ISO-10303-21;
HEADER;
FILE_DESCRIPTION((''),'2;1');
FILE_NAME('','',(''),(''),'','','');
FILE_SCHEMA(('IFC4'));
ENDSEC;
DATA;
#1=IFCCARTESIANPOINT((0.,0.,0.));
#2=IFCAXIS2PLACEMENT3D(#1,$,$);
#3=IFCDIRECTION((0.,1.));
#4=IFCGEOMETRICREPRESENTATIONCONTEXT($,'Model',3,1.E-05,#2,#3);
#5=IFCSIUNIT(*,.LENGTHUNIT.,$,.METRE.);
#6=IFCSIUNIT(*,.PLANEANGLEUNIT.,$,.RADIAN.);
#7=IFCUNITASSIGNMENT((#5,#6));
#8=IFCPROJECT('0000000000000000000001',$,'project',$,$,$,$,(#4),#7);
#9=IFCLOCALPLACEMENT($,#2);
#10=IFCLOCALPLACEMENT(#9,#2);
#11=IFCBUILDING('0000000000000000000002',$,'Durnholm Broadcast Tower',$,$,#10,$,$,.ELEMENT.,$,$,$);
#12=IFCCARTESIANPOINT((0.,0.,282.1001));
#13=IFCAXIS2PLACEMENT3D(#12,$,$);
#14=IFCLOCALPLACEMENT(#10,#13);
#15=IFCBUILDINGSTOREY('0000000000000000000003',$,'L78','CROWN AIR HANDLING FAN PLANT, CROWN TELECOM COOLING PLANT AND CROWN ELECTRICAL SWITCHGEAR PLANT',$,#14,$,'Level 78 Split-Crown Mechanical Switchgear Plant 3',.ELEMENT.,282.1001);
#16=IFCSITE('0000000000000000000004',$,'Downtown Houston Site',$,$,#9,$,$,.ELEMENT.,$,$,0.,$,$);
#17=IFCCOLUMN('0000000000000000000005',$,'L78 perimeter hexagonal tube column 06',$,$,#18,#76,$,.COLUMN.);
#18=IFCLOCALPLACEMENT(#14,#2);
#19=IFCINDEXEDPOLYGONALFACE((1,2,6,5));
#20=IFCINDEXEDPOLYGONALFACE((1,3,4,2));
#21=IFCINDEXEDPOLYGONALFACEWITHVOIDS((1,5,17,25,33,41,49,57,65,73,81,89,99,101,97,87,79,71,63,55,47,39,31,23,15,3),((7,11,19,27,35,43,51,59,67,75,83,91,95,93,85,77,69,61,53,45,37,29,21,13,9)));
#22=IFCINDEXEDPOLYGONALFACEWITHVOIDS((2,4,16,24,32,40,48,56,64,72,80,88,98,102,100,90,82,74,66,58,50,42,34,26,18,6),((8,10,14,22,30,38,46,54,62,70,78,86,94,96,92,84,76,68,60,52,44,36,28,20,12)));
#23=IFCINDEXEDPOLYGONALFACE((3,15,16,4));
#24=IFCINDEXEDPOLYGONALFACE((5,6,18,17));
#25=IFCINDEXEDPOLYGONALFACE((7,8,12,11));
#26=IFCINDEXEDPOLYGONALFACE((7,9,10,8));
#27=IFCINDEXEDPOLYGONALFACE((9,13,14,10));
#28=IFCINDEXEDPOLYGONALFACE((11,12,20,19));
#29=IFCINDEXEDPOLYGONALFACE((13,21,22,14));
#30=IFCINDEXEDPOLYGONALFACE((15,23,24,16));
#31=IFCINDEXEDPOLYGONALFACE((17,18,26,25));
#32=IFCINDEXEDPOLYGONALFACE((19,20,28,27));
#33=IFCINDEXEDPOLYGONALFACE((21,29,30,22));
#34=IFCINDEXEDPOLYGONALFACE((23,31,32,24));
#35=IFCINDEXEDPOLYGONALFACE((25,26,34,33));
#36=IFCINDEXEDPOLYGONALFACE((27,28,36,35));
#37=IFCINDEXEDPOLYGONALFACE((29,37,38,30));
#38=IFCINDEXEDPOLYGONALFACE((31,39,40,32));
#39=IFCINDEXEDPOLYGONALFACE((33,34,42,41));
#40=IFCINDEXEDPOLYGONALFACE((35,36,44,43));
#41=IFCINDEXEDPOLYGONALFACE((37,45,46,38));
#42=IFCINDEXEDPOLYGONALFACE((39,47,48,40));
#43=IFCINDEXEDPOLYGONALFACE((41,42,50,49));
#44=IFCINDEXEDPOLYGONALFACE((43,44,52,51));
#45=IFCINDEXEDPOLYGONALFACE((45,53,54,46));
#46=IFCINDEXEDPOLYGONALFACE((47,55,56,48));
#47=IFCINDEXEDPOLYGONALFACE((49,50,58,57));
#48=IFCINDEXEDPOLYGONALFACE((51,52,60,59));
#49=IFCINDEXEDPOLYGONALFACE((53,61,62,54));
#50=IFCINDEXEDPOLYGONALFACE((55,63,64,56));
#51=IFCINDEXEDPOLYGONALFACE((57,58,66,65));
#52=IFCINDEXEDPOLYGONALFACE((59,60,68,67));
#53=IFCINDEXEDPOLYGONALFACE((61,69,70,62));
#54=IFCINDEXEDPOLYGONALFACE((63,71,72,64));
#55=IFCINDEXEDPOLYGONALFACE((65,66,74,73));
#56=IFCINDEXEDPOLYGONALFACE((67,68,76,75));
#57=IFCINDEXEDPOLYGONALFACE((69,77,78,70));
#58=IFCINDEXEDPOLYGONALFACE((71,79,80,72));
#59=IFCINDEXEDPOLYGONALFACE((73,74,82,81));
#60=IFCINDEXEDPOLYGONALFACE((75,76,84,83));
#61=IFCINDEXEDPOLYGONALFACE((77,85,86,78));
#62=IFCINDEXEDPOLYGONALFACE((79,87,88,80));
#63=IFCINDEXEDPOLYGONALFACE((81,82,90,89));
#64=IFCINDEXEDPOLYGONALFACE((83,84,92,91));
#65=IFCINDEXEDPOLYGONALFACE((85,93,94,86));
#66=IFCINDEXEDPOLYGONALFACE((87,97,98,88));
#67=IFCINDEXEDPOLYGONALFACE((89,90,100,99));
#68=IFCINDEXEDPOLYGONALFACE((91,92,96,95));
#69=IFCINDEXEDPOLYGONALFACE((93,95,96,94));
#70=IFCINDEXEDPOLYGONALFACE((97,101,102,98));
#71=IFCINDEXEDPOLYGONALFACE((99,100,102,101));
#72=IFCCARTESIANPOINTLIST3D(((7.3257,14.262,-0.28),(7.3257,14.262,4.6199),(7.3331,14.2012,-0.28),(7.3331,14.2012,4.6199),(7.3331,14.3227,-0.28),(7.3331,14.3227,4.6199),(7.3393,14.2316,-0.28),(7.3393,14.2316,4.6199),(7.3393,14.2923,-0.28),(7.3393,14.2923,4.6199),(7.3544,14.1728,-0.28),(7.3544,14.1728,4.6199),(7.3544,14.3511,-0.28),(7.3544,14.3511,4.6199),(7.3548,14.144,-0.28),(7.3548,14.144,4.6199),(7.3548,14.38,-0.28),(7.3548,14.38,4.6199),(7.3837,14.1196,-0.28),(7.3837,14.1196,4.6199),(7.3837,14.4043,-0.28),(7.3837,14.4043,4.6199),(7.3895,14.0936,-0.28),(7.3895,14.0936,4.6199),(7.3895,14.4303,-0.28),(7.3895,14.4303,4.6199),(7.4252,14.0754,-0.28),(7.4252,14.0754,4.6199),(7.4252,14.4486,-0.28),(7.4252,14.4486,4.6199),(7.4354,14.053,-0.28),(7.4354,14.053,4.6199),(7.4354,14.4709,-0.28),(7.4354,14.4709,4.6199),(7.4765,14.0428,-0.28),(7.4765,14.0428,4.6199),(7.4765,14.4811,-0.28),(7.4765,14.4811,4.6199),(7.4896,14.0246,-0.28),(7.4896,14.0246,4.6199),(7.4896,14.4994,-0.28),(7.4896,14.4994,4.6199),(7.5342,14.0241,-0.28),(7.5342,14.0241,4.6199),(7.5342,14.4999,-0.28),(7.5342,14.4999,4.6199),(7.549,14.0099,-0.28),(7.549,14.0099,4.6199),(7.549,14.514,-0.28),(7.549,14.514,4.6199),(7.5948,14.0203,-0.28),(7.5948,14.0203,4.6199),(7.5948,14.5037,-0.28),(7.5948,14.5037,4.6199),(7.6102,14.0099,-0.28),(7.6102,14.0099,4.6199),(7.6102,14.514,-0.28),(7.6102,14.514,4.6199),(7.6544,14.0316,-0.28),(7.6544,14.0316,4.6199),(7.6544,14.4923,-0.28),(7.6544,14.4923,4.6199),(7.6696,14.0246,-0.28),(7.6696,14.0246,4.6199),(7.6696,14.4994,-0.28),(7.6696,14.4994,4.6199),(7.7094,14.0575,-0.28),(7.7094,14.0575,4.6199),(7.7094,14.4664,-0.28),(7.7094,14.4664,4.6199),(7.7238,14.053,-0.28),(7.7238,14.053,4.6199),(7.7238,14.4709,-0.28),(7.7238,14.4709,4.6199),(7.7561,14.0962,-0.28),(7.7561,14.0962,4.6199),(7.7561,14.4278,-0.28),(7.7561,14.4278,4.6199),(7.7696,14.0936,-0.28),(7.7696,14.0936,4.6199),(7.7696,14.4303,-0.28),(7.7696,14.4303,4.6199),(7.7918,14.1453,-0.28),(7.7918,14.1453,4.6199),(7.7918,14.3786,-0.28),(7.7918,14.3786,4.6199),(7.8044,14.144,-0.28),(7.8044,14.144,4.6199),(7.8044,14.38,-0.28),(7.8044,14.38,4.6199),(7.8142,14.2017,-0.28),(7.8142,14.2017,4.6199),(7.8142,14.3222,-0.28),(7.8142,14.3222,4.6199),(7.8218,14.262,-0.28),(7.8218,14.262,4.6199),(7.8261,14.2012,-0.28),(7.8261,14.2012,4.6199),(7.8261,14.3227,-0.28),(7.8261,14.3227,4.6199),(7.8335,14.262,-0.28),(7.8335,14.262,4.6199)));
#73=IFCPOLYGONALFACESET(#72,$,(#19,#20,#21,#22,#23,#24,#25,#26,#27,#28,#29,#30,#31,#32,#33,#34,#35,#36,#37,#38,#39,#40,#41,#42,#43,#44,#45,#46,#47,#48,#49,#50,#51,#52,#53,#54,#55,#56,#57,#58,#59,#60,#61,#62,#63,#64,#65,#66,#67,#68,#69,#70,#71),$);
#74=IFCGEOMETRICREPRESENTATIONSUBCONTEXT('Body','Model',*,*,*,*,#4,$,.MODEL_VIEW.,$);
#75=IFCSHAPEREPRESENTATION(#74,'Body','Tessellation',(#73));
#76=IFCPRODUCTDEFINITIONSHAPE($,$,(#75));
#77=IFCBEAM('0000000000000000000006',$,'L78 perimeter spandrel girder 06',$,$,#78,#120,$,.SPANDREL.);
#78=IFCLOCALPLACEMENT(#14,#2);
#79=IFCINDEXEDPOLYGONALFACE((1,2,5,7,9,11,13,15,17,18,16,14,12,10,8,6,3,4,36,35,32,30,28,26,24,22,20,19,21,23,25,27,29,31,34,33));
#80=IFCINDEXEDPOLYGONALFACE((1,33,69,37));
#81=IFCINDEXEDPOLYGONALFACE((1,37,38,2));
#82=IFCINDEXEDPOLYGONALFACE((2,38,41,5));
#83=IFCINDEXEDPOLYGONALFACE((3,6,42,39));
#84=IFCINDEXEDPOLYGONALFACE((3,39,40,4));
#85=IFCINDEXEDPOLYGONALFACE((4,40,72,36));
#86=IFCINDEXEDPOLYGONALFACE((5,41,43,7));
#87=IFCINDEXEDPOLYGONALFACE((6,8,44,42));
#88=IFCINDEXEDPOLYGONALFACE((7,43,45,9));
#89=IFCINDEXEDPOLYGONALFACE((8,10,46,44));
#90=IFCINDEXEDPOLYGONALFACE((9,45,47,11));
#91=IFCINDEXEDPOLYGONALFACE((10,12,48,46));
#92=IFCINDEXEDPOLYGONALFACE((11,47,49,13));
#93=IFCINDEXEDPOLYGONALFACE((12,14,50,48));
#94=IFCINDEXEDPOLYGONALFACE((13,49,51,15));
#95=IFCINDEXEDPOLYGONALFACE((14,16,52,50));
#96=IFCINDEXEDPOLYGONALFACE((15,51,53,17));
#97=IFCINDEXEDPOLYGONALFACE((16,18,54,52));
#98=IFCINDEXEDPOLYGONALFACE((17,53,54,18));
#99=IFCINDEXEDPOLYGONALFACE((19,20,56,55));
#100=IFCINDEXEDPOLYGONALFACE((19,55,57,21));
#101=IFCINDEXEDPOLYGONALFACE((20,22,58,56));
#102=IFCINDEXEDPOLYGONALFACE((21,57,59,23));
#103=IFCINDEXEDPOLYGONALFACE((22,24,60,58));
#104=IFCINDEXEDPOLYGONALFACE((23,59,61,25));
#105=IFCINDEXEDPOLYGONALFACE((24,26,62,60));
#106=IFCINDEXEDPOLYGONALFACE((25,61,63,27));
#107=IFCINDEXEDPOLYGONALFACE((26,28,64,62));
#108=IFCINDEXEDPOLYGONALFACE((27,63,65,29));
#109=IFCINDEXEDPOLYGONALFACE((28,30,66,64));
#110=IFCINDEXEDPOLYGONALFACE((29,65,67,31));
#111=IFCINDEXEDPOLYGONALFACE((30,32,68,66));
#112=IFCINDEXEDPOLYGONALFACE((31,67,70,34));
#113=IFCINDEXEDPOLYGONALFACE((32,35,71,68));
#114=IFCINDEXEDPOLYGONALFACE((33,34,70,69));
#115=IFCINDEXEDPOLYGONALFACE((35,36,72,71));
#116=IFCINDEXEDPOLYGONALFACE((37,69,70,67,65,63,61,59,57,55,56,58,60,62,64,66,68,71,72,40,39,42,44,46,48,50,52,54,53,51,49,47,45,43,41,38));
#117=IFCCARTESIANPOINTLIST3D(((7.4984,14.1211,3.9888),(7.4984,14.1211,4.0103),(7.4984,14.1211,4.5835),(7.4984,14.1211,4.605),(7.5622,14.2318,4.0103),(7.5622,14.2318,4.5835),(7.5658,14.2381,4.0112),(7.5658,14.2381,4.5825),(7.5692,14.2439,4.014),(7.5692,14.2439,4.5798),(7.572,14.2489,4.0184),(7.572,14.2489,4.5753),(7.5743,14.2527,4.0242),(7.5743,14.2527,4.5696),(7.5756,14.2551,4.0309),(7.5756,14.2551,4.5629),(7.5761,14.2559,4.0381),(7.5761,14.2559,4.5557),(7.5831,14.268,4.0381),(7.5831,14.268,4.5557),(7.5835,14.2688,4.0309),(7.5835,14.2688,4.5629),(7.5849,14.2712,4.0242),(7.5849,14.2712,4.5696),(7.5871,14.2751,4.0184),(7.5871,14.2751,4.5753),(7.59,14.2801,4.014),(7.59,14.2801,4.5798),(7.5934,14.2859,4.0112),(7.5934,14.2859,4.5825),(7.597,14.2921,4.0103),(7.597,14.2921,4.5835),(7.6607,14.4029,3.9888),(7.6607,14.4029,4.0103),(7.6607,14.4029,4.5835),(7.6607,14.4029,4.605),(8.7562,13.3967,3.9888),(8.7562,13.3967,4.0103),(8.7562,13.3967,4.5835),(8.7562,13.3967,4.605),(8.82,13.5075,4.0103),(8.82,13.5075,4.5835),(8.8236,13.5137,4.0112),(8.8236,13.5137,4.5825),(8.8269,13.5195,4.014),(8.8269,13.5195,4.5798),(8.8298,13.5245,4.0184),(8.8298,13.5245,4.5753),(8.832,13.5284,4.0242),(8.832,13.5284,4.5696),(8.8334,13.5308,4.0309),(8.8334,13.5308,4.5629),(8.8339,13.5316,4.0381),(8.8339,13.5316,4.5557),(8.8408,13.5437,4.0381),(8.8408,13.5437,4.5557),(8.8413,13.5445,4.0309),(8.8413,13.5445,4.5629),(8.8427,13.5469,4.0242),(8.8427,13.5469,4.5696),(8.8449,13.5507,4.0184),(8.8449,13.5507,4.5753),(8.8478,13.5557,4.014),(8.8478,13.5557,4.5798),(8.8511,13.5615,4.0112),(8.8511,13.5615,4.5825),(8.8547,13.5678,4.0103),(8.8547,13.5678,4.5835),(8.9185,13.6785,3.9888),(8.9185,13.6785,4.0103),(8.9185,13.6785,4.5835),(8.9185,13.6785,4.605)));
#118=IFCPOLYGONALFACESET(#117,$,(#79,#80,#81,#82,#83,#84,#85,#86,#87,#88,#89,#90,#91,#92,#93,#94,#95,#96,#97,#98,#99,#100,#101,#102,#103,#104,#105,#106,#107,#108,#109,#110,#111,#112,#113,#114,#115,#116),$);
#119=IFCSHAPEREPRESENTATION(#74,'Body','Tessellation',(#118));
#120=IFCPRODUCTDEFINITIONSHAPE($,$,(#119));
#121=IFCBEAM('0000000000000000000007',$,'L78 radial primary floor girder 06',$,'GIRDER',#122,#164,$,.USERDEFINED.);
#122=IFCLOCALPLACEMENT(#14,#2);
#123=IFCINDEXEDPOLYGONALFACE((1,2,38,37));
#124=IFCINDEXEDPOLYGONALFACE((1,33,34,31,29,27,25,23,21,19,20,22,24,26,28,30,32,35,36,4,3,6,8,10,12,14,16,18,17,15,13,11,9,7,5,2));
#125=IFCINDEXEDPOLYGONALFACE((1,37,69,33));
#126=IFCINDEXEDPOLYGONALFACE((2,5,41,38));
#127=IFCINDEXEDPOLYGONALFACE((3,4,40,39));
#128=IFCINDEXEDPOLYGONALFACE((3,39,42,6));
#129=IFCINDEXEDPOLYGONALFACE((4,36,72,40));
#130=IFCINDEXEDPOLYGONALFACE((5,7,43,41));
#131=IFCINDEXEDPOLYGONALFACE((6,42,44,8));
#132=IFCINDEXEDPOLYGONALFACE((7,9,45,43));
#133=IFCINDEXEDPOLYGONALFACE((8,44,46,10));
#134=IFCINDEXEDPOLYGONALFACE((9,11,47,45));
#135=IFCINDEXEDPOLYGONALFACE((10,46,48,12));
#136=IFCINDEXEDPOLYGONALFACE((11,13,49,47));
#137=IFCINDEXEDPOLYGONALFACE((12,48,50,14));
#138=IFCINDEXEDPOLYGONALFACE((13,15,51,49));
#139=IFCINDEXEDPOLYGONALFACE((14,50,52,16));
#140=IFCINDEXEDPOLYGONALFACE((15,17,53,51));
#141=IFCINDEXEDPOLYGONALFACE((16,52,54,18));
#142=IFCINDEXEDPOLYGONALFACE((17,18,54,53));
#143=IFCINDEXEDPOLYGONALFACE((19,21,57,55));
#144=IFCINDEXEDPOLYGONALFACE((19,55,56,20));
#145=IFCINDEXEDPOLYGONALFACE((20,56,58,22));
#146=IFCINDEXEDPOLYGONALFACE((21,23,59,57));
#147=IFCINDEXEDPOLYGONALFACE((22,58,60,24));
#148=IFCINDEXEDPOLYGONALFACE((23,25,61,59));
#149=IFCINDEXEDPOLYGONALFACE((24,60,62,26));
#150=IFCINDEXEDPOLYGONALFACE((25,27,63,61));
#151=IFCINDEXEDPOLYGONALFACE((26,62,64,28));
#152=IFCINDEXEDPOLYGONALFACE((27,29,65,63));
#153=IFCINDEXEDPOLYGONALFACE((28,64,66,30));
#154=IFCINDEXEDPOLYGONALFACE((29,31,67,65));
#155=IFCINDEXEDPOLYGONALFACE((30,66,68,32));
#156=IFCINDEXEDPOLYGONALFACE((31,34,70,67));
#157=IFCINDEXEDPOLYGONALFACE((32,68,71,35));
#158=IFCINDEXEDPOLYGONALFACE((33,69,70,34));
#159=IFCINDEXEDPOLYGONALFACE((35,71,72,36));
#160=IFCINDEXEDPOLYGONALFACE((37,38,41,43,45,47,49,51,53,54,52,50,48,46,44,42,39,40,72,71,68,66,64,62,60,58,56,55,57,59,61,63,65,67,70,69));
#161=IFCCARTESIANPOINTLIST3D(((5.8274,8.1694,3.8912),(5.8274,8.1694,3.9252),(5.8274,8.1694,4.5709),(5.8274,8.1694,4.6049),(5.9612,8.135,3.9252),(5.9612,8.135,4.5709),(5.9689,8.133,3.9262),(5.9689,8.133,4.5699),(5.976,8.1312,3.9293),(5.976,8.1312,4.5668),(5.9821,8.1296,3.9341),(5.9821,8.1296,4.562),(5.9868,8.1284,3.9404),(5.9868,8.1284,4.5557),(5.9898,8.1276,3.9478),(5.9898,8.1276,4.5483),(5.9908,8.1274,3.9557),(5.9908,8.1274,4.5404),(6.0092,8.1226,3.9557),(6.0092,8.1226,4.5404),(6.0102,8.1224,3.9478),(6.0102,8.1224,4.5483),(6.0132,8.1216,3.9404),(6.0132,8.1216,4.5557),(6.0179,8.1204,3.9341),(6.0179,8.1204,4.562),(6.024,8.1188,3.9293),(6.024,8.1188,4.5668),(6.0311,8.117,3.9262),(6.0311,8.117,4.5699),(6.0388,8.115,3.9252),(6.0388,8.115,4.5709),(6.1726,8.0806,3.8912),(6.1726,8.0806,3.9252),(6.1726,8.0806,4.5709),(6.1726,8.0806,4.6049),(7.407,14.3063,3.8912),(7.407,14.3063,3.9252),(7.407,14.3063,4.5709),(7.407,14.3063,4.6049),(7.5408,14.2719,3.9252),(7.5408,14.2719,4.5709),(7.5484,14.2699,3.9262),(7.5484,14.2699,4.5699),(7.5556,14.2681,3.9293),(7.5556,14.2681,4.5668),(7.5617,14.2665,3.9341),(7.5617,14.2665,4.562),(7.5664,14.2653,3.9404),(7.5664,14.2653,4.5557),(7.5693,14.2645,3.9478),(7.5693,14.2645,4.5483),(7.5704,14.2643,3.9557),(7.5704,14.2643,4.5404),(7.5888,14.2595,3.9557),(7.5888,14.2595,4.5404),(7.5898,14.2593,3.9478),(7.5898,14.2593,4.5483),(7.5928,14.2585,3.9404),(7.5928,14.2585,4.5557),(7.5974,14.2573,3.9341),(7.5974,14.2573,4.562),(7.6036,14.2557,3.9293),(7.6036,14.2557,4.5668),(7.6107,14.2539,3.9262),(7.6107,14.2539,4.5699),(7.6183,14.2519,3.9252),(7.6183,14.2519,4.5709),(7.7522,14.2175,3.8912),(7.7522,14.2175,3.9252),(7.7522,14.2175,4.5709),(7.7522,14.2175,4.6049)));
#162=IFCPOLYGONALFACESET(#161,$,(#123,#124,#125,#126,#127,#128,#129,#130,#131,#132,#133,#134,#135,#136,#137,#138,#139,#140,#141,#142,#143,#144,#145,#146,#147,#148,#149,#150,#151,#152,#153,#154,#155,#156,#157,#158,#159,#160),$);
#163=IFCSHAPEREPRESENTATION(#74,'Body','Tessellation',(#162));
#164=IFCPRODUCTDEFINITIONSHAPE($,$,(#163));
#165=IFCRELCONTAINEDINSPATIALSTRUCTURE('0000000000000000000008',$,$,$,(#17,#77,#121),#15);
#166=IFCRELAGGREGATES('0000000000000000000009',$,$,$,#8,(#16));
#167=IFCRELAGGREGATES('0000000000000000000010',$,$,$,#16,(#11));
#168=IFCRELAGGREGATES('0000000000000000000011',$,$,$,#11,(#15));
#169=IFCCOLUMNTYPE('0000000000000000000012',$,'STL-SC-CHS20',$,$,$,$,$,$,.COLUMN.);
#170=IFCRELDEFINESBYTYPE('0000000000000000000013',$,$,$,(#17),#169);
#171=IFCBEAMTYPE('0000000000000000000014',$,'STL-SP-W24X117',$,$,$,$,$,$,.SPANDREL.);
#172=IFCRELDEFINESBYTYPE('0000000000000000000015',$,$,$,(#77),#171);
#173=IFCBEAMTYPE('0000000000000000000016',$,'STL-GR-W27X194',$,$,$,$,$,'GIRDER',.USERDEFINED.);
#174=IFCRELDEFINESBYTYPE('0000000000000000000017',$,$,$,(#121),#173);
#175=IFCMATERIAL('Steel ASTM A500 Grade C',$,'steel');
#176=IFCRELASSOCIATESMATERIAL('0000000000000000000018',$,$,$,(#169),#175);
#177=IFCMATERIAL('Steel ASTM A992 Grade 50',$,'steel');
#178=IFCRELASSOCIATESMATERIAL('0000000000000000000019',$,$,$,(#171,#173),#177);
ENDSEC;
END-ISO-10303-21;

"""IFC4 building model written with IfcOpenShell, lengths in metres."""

from ifc_helpers import new_model, si_unit, direction, frame, origin, origin_2d, place, context, subcontext, project, spatial, hollow_circle, i_section, extrude, source, transform, mapped, material, material_profile, profile_set, type_object, type_shapes, element, save


model = new_model("IFC4")

# Units and contexts
model_context = context("Model", 3, precision=1e-05, world=origin(), true_north=direction((0.0, 1.0)))
body_context = subcontext(model_context, "Body", "Model", "MODEL_VIEW")
ifc_project = project(units=[si_unit("LENGTHUNIT", "METRE"), si_unit("PLANEANGLEUNIT", "RADIAN")], contexts=[model_context])

# Site, building, storey
site_placement = place(None, origin())
site = spatial("IfcSite", under=ifc_project, at=site_placement, Name="Downtown Houston Site", CompositionType="ELEMENT", RefElevation=0.0)
building_placement = place(site_placement, origin())
building = spatial("IfcBuilding", under=site, at=building_placement, Name="Durnholm Broadcast Tower", CompositionType="ELEMENT")
storey_placement = place(building_placement, frame((0.0, 0.0, 282.1001)))
storey = spatial("IfcBuildingStorey", under=building, at=storey_placement, Name="L78", Description="CROWN AIR HANDLING FAN PLANT, CROWN TELECOM COOLING PLANT AND CROWN ELECTRICAL SWITCHGEAR PLANT", LongName="Level 78 Split-Crown Mechanical Switchgear Plant 3", CompositionType="ELEMENT", Elevation=282.1001)

# Column
ifc_material_1 = material(Name="Steel ASTM A500 Grade C", Category="steel")
ifc_material_profile_1 = material_profile(ifc_material_1, hollow_circle(Radius=0.2539, WallThickness=0.0117, at=origin_2d()), Name="HSS20.000X0.500")
ifc_profile_set_1 = profile_set([ifc_material_profile_1], Name="Steel ASTM A500 Grade C")
column_type = type_object("IfcColumnType", Name="STL-SC-CHS20", PredefinedType="COLUMN", material=ifc_profile_set_1)
shared_shape_1 = source(origin(), body_context, "Body", "SweptSolid", [
    extrude(hollow_circle(Radius=0.2539, WallThickness=0.0117, at=origin_2d()), origin(), (0.0, 0.0, 1.0), 4.8999),
])
type_shapes(column_type, [shared_shape_1])
column_placement = place(storey_placement, frame((7.5796, 14.262, -0.28), z_axis=(0.0, 0.0, 1.0), x_axis=(1.0, 0.0, 0.0)))
element("IfcColumn", 1, at=column_placement, inside=storey, type_object=column_type, Name="L78 perimeter hexagonal tube column 06", PredefinedType="COLUMN", context=body_context, shape_type="MappedRepresentation", body=[
    mapped(shared_shape_1, transform((0.0, 0.0, 0.0), x_axis=(1.0, 0.0, 0.0), y_axis=(0.0, 1.0, 0.0), z_axis=(0.0, 0.0, 1.0), scale=1.0)),
])

# Beams
ifc_material_2 = material(Name="Steel ASTM A992 Grade 50", Category="steel")
ifc_material_profile_2 = material_profile(ifc_material_2, i_section(OverallWidth=0.3252, OverallDepth=0.6162, WebThickness=0.0139, FlangeThickness=0.0215, FilletRadius=0.0278, at=origin_2d()), Name="W24X117")
ifc_profile_set_2 = profile_set([ifc_material_profile_2], Name="Steel ASTM A992 Grade 50")
beam_type_1 = type_object("IfcBeamType", Name="STL-SP-W24X117", PredefinedType="SPANDREL", material=ifc_profile_set_2)
shared_shape_2 = source(origin(), body_context, "Body", "SweptSolid", [
    extrude(i_section(OverallWidth=0.3252, OverallDepth=0.6162, WebThickness=0.0139, FlangeThickness=0.0215, FilletRadius=0.0278, at=origin_2d()), origin(), (0.0, 0.0, 1.0), 1.4514),
])
type_shapes(beam_type_1, [shared_shape_2])
beam_1_placement = place(storey_placement, frame((7.5796, 14.262, 4.2969), z_axis=(0.866572, -0.499052, 0.0), x_axis=(0.499052, 0.866572, 0.0)))
element("IfcBeam", 2, at=beam_1_placement, inside=storey, type_object=beam_type_1, Name="L78 perimeter spandrel girder 06", PredefinedType="SPANDREL", context=body_context, shape_type="MappedRepresentation", body=[
    mapped(shared_shape_2, transform((0.0, 0.0, 0.0), x_axis=(1.0, 0.0, 0.0), y_axis=(0.0, 1.0, 0.0), z_axis=(0.0, 0.0, 1.0), scale=1.0)),
])
ifc_material_profile_3 = material_profile(ifc_material_2, i_section(OverallWidth=0.3564, OverallDepth=0.7136, WebThickness=0.019, FlangeThickness=0.0339, FilletRadius=0.0305, at=origin_2d()), Name="W27X194")
ifc_profile_set_3 = profile_set([ifc_material_profile_3], Name="Steel ASTM A992 Grade 50")
beam_type_2 = type_object("IfcBeamType", Name="STL-GR-W27X194", ElementType="GIRDER", PredefinedType="USERDEFINED", material=ifc_profile_set_3)
shared_shape_3 = source(origin(), body_context, "Body", "SweptSolid", [
    extrude(i_section(OverallWidth=0.3564, OverallDepth=0.7136, WebThickness=0.019, FlangeThickness=0.0339, FilletRadius=0.0305, at=origin_2d()), origin(), (0.0, 0.0, 1.0), 6.3369),
])
type_shapes(beam_type_2, [shared_shape_3])
beam_2_placement = place(storey_placement, frame((6.0, 8.125, 4.248), z_axis=(0.249265, 0.968435, 0.0), x_axis=(-0.968435, 0.249265, 0.0)))
element("IfcBeam", 3, at=beam_2_placement, inside=storey, type_object=beam_type_2, Name="L78 radial primary floor girder 06", ObjectType="GIRDER", PredefinedType="USERDEFINED", context=body_context, shape_type="MappedRepresentation", body=[
    mapped(shared_shape_3, transform((0.0, 0.0, 0.0), x_axis=(1.0, 0.0, 0.0), y_axis=(0.0, 1.0, 0.0), z_axis=(0.0, 0.0, 1.0), scale=1.0)),
])

save(model, "model.ifc")
